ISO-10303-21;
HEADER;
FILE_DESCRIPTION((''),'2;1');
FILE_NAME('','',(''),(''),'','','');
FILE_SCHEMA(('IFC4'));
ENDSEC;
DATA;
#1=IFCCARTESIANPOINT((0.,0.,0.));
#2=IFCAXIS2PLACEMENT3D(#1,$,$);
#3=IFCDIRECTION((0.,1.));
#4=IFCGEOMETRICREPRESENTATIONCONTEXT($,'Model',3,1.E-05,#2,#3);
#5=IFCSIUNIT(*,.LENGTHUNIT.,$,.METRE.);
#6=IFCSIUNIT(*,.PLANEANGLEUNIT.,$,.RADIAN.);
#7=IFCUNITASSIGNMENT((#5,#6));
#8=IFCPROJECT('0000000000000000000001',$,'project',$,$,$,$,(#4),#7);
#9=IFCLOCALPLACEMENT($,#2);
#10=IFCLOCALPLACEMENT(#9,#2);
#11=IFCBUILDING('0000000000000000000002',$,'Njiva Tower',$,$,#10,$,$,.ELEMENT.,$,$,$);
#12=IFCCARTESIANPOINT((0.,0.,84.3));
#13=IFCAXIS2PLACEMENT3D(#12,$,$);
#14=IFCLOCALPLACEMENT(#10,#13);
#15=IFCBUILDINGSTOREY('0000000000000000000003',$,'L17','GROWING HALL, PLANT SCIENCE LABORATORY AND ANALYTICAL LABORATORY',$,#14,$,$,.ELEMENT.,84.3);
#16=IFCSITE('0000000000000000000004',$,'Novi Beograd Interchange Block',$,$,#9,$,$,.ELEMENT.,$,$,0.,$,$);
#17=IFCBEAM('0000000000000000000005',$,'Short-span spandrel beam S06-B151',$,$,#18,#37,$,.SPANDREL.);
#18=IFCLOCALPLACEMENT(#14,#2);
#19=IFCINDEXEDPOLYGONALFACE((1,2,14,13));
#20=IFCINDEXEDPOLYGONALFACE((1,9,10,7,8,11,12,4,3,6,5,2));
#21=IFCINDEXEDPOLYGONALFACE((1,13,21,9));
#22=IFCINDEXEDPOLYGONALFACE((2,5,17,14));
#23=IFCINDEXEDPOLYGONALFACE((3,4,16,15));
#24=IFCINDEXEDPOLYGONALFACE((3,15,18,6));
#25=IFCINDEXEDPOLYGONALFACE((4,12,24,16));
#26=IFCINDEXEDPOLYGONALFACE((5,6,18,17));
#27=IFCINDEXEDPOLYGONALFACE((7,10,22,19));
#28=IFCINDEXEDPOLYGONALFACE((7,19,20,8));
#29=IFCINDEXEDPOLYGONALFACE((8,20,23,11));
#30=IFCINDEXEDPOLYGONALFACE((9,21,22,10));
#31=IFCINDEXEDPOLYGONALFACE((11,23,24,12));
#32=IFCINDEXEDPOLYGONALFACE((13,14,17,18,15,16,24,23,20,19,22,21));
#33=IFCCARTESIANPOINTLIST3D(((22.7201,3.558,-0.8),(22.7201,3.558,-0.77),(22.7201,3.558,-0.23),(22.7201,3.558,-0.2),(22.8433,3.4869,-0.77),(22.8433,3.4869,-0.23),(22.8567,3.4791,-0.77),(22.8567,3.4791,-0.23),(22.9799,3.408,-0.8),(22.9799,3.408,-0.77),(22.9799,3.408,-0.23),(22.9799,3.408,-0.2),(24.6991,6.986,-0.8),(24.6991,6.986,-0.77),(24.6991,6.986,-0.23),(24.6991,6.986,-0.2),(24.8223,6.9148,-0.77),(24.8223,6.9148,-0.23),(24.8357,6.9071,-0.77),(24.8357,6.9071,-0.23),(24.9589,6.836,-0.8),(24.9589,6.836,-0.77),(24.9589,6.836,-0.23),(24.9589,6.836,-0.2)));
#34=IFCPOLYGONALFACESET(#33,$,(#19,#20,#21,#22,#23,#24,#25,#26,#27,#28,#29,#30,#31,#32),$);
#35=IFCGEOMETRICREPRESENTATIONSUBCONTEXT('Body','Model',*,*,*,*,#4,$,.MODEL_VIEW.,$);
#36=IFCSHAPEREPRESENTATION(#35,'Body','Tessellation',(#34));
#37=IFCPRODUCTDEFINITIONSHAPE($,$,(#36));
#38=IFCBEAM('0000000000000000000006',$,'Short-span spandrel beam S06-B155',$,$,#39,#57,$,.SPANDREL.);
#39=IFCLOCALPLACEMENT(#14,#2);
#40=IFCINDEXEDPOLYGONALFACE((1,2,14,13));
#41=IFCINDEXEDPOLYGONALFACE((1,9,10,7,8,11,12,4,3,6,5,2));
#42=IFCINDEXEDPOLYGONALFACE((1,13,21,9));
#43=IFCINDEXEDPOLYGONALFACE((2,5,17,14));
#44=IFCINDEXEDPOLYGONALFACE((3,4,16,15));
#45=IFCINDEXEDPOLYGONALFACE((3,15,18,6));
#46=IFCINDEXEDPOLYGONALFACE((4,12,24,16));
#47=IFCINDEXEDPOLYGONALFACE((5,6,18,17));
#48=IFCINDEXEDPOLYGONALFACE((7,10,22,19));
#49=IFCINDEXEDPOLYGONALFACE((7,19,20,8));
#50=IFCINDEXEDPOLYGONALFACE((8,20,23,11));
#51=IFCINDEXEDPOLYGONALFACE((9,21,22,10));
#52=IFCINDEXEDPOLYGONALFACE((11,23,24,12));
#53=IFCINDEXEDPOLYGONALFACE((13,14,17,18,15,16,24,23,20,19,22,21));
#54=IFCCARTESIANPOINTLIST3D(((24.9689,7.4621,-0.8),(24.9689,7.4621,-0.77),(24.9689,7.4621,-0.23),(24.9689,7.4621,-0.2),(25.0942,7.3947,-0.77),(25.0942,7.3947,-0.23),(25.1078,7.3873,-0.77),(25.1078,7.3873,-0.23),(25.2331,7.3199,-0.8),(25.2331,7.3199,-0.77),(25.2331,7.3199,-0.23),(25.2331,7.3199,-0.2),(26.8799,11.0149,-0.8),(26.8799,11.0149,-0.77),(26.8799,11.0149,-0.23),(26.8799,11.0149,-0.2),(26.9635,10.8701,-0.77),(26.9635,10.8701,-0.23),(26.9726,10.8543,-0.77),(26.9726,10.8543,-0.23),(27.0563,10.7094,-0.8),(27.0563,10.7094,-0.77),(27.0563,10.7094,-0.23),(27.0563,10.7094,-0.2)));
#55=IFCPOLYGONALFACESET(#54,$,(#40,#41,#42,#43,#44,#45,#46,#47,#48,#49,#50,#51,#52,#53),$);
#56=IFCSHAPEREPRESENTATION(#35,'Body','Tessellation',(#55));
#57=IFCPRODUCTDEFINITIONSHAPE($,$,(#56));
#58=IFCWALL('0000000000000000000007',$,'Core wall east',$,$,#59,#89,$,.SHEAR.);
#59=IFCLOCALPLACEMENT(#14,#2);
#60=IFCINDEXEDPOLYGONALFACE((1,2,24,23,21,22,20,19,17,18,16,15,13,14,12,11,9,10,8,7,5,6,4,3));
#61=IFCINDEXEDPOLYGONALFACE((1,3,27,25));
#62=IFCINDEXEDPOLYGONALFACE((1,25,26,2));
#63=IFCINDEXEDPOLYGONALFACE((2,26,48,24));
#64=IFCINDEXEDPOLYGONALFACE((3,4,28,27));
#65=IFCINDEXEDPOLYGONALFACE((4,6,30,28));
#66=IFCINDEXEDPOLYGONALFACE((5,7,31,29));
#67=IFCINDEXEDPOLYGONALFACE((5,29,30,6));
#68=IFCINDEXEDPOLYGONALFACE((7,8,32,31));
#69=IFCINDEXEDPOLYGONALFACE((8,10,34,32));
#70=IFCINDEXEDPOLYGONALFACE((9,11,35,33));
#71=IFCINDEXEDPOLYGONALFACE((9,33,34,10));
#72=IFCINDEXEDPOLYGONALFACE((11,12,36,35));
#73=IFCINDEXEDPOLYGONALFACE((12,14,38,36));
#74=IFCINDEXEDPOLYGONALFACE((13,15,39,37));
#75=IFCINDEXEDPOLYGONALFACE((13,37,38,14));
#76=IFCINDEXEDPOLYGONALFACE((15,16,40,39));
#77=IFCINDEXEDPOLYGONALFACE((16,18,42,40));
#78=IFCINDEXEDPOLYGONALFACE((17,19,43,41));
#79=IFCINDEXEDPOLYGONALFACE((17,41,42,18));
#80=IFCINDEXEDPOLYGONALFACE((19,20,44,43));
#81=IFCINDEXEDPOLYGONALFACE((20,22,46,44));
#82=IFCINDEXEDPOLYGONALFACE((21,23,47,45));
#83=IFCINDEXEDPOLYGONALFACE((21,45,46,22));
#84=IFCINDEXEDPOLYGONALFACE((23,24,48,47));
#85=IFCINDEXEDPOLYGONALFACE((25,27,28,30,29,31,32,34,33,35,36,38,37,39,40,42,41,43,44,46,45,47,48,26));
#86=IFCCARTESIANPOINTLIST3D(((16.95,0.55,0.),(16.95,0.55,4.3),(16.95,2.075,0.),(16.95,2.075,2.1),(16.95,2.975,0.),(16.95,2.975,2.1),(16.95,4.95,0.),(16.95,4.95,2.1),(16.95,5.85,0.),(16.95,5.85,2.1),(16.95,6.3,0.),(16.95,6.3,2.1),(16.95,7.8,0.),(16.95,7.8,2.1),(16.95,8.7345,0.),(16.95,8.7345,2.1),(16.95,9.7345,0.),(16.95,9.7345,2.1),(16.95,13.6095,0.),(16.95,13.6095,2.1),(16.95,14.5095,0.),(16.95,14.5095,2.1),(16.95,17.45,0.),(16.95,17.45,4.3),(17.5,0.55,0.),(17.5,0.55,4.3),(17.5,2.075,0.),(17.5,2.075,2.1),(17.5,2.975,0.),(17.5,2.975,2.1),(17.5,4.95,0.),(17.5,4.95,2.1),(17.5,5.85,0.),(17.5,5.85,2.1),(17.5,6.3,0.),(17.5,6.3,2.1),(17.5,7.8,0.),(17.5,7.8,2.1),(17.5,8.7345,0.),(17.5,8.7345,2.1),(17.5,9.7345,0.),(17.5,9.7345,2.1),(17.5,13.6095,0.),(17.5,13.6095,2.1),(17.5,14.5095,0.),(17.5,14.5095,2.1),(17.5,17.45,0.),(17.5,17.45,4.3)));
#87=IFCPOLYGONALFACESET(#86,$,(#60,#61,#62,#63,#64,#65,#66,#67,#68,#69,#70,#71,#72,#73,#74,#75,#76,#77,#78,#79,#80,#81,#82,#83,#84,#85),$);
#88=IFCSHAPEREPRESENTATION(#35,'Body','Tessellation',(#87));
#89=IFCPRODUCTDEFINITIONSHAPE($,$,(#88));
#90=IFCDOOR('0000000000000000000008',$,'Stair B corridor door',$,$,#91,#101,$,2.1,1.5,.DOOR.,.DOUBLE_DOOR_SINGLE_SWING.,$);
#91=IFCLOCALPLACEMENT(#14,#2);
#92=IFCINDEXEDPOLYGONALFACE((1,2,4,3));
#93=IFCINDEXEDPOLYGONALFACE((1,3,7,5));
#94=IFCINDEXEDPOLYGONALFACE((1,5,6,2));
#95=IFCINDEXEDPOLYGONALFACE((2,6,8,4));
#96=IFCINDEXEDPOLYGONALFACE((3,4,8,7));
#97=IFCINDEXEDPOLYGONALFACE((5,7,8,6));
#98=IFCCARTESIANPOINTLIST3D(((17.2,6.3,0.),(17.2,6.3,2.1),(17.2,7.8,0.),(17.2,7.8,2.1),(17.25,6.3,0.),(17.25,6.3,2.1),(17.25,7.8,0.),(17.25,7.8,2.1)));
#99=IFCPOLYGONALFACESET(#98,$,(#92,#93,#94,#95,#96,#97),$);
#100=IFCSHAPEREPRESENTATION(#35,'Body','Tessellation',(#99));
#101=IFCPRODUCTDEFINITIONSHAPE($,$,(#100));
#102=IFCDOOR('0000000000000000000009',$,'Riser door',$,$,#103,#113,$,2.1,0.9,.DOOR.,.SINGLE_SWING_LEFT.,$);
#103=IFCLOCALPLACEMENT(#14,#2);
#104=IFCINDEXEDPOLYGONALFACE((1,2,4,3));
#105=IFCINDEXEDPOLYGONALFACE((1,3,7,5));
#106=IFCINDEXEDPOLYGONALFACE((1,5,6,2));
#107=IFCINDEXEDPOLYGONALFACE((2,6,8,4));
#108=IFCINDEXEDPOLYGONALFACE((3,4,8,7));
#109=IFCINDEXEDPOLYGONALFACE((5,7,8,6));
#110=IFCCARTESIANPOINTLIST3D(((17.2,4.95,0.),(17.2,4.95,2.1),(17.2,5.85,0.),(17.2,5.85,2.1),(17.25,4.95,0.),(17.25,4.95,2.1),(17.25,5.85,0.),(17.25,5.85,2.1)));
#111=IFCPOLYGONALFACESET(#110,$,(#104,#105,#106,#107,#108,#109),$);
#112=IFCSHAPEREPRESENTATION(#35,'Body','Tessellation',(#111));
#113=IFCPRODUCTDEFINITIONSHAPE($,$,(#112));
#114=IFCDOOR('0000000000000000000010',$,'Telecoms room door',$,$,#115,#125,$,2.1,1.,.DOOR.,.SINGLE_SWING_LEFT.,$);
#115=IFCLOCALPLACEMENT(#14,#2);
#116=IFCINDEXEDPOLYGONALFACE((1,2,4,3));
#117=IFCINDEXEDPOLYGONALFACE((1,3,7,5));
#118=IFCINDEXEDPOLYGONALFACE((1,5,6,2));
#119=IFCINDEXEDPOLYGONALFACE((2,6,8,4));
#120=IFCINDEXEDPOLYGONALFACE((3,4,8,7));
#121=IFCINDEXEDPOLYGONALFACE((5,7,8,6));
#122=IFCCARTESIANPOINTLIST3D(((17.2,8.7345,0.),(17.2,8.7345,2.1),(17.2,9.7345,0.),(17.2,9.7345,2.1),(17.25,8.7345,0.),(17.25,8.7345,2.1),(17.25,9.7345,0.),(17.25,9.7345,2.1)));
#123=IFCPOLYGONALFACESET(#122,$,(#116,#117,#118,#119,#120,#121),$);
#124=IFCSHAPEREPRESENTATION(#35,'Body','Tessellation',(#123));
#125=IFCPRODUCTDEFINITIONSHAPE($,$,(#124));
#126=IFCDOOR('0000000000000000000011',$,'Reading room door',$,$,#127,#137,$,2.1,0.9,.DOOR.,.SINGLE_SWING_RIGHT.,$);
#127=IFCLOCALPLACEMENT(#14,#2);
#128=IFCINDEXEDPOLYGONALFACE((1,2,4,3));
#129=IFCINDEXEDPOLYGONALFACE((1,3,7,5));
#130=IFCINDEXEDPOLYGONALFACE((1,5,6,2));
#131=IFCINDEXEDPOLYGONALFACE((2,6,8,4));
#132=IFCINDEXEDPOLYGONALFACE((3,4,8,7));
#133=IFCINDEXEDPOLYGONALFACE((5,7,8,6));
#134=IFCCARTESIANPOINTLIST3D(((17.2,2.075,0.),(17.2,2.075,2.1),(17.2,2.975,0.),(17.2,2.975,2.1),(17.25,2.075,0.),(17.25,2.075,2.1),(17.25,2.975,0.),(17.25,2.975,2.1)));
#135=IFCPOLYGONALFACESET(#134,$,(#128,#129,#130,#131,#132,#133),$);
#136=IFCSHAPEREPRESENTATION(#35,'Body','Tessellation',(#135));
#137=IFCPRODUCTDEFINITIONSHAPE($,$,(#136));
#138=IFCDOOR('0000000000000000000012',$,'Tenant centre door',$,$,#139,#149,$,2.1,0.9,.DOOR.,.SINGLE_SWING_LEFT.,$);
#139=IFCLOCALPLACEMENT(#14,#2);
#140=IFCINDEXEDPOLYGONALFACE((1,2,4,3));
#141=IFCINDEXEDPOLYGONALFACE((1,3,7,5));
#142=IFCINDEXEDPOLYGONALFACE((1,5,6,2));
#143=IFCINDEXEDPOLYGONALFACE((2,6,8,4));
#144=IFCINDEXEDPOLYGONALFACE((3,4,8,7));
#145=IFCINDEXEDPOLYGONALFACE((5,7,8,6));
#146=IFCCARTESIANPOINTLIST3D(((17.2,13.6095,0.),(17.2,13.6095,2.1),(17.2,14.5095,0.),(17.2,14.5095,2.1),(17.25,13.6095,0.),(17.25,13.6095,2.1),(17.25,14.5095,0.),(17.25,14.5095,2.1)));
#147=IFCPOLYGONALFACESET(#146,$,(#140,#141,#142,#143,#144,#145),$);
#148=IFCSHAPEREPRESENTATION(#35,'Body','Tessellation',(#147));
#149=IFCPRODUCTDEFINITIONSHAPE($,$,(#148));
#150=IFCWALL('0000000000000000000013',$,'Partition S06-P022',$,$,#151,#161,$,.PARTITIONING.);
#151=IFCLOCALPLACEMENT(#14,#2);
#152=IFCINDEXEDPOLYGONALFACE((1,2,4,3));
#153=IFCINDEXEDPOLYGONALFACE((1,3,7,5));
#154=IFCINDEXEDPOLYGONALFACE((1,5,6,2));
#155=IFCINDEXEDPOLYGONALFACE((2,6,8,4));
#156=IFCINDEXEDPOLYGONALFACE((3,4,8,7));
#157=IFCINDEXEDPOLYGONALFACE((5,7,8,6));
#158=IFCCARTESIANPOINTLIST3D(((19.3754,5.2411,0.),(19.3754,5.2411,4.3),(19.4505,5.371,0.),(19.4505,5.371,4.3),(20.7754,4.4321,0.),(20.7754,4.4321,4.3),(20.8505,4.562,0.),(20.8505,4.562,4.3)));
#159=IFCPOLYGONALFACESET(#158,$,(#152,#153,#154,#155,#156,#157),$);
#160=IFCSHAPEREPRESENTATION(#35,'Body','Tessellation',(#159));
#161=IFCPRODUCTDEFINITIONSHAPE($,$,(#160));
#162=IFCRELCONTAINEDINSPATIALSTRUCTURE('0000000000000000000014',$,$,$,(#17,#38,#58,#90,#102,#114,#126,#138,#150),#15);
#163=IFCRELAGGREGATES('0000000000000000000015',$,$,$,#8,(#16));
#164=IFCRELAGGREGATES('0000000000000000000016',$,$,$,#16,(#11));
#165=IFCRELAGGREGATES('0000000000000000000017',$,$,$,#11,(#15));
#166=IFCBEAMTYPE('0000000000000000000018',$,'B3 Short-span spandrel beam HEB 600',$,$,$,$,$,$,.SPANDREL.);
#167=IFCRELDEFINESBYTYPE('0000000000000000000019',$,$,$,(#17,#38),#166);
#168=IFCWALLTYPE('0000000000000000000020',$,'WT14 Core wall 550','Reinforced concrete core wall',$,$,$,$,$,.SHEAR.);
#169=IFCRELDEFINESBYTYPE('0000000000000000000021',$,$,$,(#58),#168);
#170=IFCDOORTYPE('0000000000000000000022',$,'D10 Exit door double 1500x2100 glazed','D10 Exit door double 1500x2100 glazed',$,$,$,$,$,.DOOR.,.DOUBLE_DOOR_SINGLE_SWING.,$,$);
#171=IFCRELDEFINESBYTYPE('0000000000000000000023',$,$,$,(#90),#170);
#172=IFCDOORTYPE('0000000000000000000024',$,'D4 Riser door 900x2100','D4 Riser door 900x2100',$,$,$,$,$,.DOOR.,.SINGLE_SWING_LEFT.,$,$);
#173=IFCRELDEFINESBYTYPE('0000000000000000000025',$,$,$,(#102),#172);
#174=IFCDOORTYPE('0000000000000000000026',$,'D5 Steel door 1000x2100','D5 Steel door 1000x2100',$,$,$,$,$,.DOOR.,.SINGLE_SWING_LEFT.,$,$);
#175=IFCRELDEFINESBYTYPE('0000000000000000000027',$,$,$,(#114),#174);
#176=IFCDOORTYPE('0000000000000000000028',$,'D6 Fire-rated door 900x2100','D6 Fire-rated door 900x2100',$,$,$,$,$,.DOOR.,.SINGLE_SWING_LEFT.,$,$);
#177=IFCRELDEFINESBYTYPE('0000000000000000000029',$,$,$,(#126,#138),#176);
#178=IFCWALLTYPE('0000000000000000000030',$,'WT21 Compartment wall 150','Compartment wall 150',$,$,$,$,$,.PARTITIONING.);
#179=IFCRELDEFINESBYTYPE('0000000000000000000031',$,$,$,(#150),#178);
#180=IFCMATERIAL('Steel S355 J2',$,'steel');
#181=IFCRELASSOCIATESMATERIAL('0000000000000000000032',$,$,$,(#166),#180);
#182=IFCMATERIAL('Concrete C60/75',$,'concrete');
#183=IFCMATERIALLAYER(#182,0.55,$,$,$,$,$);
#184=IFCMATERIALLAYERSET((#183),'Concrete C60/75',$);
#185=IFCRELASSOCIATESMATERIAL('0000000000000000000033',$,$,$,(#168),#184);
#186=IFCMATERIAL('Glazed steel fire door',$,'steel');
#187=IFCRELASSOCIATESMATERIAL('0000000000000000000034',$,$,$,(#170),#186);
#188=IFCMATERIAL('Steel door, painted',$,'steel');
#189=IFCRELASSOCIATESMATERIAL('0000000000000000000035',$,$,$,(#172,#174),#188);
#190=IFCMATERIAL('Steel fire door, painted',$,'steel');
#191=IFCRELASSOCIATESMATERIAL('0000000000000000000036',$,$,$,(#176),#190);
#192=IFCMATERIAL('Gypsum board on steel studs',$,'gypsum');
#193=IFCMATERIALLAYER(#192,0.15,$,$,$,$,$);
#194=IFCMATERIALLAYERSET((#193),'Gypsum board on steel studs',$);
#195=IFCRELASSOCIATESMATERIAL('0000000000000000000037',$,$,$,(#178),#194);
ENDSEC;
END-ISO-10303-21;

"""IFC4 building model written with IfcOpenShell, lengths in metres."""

from ifc_helpers import new_model, si_unit, direction, frame, frame_2d, origin, origin_2d, place, context, subcontext, project, spatial, rectangle, i_section, extrude, clip, halfspace, material, layer, layer_set, material_profile, profile_set, type_object, element, fill, save


model = new_model("IFC4")

# Units and contexts
model_context = context("Model", 3, precision=1e-05, world=origin(), true_north=direction((0.0, 1.0)))
body_context = subcontext(model_context, "Body", "Model", "MODEL_VIEW")
ifc_project = project(units=[si_unit("LENGTHUNIT", "METRE"), si_unit("PLANEANGLEUNIT", "RADIAN")], contexts=[model_context])

# Site, building, storey
site_placement = place(None, origin())
site = spatial("IfcSite", under=ifc_project, at=site_placement, Name="Novi Beograd Interchange Block", CompositionType="ELEMENT", RefElevation=0.0)
building_placement = place(site_placement, origin())
building = spatial("IfcBuilding", under=site, at=building_placement, Name="Njiva Tower", CompositionType="ELEMENT")
storey_placement = place(building_placement, frame((0.0, 0.0, 84.3)))
storey = spatial("IfcBuildingStorey", under=building, at=storey_placement, Name="L17", Description="GROWING HALL, PLANT SCIENCE LABORATORY AND ANALYTICAL LABORATORY", CompositionType="ELEMENT", Elevation=84.3)

# Shared definitions
ifc_material_1 = material(Name="Steel S355 J2", Category="steel")

# Beams
ifc_material_profile_1 = material_profile(ifc_material_1, i_section(OverallWidth=0.3, OverallDepth=0.6, WebThickness=0.0155, FlangeThickness=0.03, at=origin_2d()), Name="HEB 600")
ifc_profile_set_1 = profile_set([ifc_material_profile_1], Name="Steel S355 J2")
beam_type_1 = type_object("IfcBeamType", Name="B3 Short-span spandrel beam HEB 600", PredefinedType="SPANDREL", material=ifc_profile_set_1)
beam_1_placement = place(storey_placement, frame((22.85, 3.483, -0.5), z_axis=(0.49997, 0.866043, 0.0), x_axis=(-0.866043, 0.49997, 0.0)))
element("IfcBeam", 1, at=beam_1_placement, inside=storey, type_object=beam_type_1, Name="Short-span spandrel beam S06-B151", PredefinedType="SPANDREL", context=body_context, shape_type="SweptSolid", body=[
    extrude(i_section(OverallWidth=0.3, OverallDepth=0.6, WebThickness=0.0155, FlangeThickness=0.03, at=origin_2d()), origin(), (0.0, 0.0, 1.0), 3.9582),
])
beam_2_placement = place(storey_placement, frame((25.101, 7.391, -0.5), z_axis=(0.473706, 0.880683, 0.0), x_axis=(-0.880683, 0.473706, 0.0)))
element("IfcBeam", 2, at=beam_2_placement, inside=storey, type_object=beam_type_1, Name="Short-span spandrel beam S06-B155", PredefinedType="SPANDREL", context=body_context, shape_type="Clipping", body=[
    clip(extrude(i_section(OverallWidth=0.3, OverallDepth=0.6, WebThickness=0.0155, FlangeThickness=0.03, at=origin_2d()), origin(), (0.0, 0.0, 1.0), 4.0543), halfspace(frame((-0.0266, 0.0, 3.925), z_axis=(-0.525842, 0.0, 0.850582), x_axis=(0.0, 1.0, 0.0)), False)),
])

# Wall, openings, doors
ifc_material_2 = material(Name="Concrete C60/75", Category="concrete")
ifc_layer_1 = layer(ifc_material_2, 0.55)
ifc_layer_set_1 = layer_set([ifc_layer_1], Name="Concrete C60/75")
wall_type_1 = type_object("IfcWallType", Name="WT14 Core wall 550", Description="Reinforced concrete core wall", PredefinedType="SHEAR", material=ifc_layer_set_1)
wall_1_placement = place(storey_placement, frame((17.225, 0.55, 0.0), z_axis=(0.0, 0.0, 1.0), x_axis=(0.0, 1.0, 0.0)))
wall_1 = element("IfcWall", 3, at=wall_1_placement, inside=storey, type_object=wall_type_1, Name="Core wall east", PredefinedType="SHEAR", context=body_context, shape_type="SweptSolid", body=[
    extrude(rectangle(XDim=16.9, YDim=0.55, at=frame_2d((8.45, 0.0))), origin(), (0.0, 0.0, 1.0), 4.3),
])
opening_1_placement = place(wall_1_placement, frame((5.75, 0.0, 0.0)))
opening_1 = element("IfcOpeningElement", 4, at=opening_1_placement, cuts=wall_1, PredefinedType="OPENING", context=body_context, shape_type="SweptSolid", body=[
    extrude(rectangle(XDim=1.5, YDim=2.1, at=frame_2d((0.75, 1.05))), frame((0.0, 0.285, 0.0), z_axis=(0.0, -1.0, 0.0), x_axis=(1.0, 0.0, 0.0)), (0.0, 0.0, 1.0), 0.57),
])
opening_2_placement = place(wall_1_placement, frame((1.525, 0.0, 0.0)))
opening_2 = element("IfcOpeningElement", 5, at=opening_2_placement, cuts=wall_1, PredefinedType="OPENING", context=body_context, shape_type="SweptSolid", body=[
    extrude(rectangle(XDim=0.9, YDim=2.1, at=frame_2d((0.45, 1.05))), frame((0.0, 0.285, 0.0), z_axis=(0.0, -1.0, 0.0), x_axis=(1.0, 0.0, 0.0)), (0.0, 0.0, 1.0), 0.57),
])
opening_3_placement = place(wall_1_placement, frame((4.4, 0.0, 0.0)))
opening_3 = element("IfcOpeningElement", 6, at=opening_3_placement, cuts=wall_1, PredefinedType="OPENING", context=body_context, shape_type="SweptSolid", body=[
    extrude(rectangle(XDim=0.9, YDim=2.1, at=frame_2d((0.45, 1.05))), frame((0.0, 0.285, 0.0), z_axis=(0.0, -1.0, 0.0), x_axis=(1.0, 0.0, 0.0)), (0.0, 0.0, 1.0), 0.57),
])
opening_4_placement = place(wall_1_placement, frame((8.1845, 0.0, 0.0)))
opening_4 = element("IfcOpeningElement", 7, at=opening_4_placement, cuts=wall_1, PredefinedType="OPENING", context=body_context, shape_type="SweptSolid", body=[
    extrude(rectangle(XDim=1.0, YDim=2.1, at=frame_2d((0.5, 1.05))), frame((0.0, 0.285, 0.0), z_axis=(0.0, -1.0, 0.0), x_axis=(1.0, 0.0, 0.0)), (0.0, 0.0, 1.0), 0.57),
])
opening_5_placement = place(wall_1_placement, frame((13.0595, 0.0, 0.0)))
opening_5 = element("IfcOpeningElement", 8, at=opening_5_placement, cuts=wall_1, PredefinedType="OPENING", context=body_context, shape_type="SweptSolid", body=[
    extrude(rectangle(XDim=0.9, YDim=2.1, at=frame_2d((0.45, 1.05))), frame((0.0, 0.285, 0.0), z_axis=(0.0, -1.0, 0.0), x_axis=(1.0, 0.0, 0.0)), (0.0, 0.0, 1.0), 0.57),
])
ifc_material_3 = material(Name="Glazed steel fire door", Category="steel")
door_type_1 = type_object("IfcDoorType", Name="D10 Exit door double 1500x2100 glazed", Description="D10 Exit door double 1500x2100 glazed", OperationType="DOUBLE_DOOR_SINGLE_SWING", PredefinedType="DOOR", material=ifc_material_3)
door_1_placement = place(opening_1_placement, origin())
door_1 = element("IfcDoor", 9, at=door_1_placement, inside=storey, type_object=door_type_1, Name="Stair B corridor door", OperationType="DOUBLE_DOOR_SINGLE_SWING", OverallHeight=2.1, OverallWidth=1.5, PredefinedType="DOOR", context=body_context, shape_type="SweptSolid", body=[
    extrude(rectangle(XDim=1.5, YDim=2.1, at=frame_2d((0.75, 1.05))), frame((0.0, 0.025, 0.0), z_axis=(0.0, -1.0, 0.0), x_axis=(1.0, 0.0, 0.0)), (0.0, 0.0, 1.0), 0.05),
])
fill(opening_1, door_1)
ifc_material_4 = material(Name="Steel door, painted", Category="steel")
door_type_2 = type_object("IfcDoorType", Name="D4 Riser door 900x2100", Description="D4 Riser door 900x2100", OperationType="SINGLE_SWING_LEFT", PredefinedType="DOOR", material=ifc_material_4)
door_2_placement = place(opening_3_placement, origin())
door_2 = element("IfcDoor", 10, at=door_2_placement, inside=storey, type_object=door_type_2, Name="Riser door", OperationType="SINGLE_SWING_LEFT", OverallHeight=2.1, OverallWidth=0.9, PredefinedType="DOOR", context=body_context, shape_type="SweptSolid", body=[
    extrude(rectangle(XDim=0.9, YDim=2.1, at=frame_2d((0.45, 1.05))), frame((0.0, 0.025, 0.0), z_axis=(0.0, -1.0, 0.0), x_axis=(1.0, 0.0, 0.0)), (0.0, 0.0, 1.0), 0.05),
])
fill(opening_3, door_2)
door_type_3 = type_object("IfcDoorType", Name="D5 Steel door 1000x2100", Description="D5 Steel door 1000x2100", OperationType="SINGLE_SWING_LEFT", PredefinedType="DOOR", material=ifc_material_4)
door_3_placement = place(opening_4_placement, origin())
door_3 = element("IfcDoor", 11, at=door_3_placement, inside=storey, type_object=door_type_3, Name="Telecoms room door", OperationType="SINGLE_SWING_LEFT", OverallHeight=2.1, OverallWidth=1.0, PredefinedType="DOOR", context=body_context, shape_type="SweptSolid", body=[
    extrude(rectangle(XDim=1.0, YDim=2.1, at=frame_2d((0.5, 1.05))), frame((0.0, 0.025, 0.0), z_axis=(0.0, -1.0, 0.0), x_axis=(1.0, 0.0, 0.0)), (0.0, 0.0, 1.0), 0.05),
])
fill(opening_4, door_3)
ifc_material_5 = material(Name="Steel fire door, painted", Category="steel")
door_type_4 = type_object("IfcDoorType", Name="D6 Fire-rated door 900x2100", Description="D6 Fire-rated door 900x2100", OperationType="SINGLE_SWING_LEFT", PredefinedType="DOOR", material=ifc_material_5)
door_4_placement = place(opening_2_placement, origin())
door_4 = element("IfcDoor", 12, at=door_4_placement, inside=storey, type_object=door_type_4, Name="Reading room door", OperationType="SINGLE_SWING_RIGHT", OverallHeight=2.1, OverallWidth=0.9, PredefinedType="DOOR", context=body_context, shape_type="SweptSolid", body=[
    extrude(rectangle(XDim=0.9, YDim=2.1, at=frame_2d((0.45, 1.05))), frame((0.0, 0.025, 0.0), z_axis=(0.0, -1.0, 0.0), x_axis=(1.0, 0.0, 0.0)), (0.0, 0.0, 1.0), 0.05),
])
fill(opening_2, door_4)
door_5_placement = place(opening_5_placement, origin())
door_5 = element("IfcDoor", 13, at=door_5_placement, inside=storey, type_object=door_type_4, Name="Tenant centre door", OperationType="SINGLE_SWING_LEFT", OverallHeight=2.1, OverallWidth=0.9, PredefinedType="DOOR", context=body_context, shape_type="SweptSolid", body=[
    extrude(rectangle(XDim=0.9, YDim=2.1, at=frame_2d((0.45, 1.05))), frame((0.0, 0.025, 0.0), z_axis=(0.0, -1.0, 0.0), x_axis=(1.0, 0.0, 0.0)), (0.0, 0.0, 1.0), 0.05),
])
fill(opening_5, door_5)

# Wall
ifc_material_6 = material(Name="Gypsum board on steel studs", Category="gypsum")
ifc_layer_2 = layer(ifc_material_6, 0.15)
ifc_layer_set_2 = layer_set([ifc_layer_2], Name="Gypsum board on steel studs")
wall_type_2 = type_object("IfcWallType", Name="WT21 Compartment wall 150", Description="Compartment wall 150", PredefinedType="PARTITIONING", material=ifc_layer_set_2)
wall_2_placement = place(storey_placement, frame((19.413, 5.306, 0.0), z_axis=(0.0, 0.0, 1.0), x_axis=(0.865835, -0.500329, 0.0)))
element("IfcWall", 14, at=wall_2_placement, inside=storey, type_object=wall_type_2, Name="Partition S06-P022", PredefinedType="PARTITIONING", context=body_context, shape_type="SweptSolid", body=[
    extrude(rectangle(XDim=1.6169, YDim=0.15, at=frame_2d((0.8084, 0.0))), origin(), (0.0, 0.0, 1.0), 4.3),
])

save(model, "model.ifc")
